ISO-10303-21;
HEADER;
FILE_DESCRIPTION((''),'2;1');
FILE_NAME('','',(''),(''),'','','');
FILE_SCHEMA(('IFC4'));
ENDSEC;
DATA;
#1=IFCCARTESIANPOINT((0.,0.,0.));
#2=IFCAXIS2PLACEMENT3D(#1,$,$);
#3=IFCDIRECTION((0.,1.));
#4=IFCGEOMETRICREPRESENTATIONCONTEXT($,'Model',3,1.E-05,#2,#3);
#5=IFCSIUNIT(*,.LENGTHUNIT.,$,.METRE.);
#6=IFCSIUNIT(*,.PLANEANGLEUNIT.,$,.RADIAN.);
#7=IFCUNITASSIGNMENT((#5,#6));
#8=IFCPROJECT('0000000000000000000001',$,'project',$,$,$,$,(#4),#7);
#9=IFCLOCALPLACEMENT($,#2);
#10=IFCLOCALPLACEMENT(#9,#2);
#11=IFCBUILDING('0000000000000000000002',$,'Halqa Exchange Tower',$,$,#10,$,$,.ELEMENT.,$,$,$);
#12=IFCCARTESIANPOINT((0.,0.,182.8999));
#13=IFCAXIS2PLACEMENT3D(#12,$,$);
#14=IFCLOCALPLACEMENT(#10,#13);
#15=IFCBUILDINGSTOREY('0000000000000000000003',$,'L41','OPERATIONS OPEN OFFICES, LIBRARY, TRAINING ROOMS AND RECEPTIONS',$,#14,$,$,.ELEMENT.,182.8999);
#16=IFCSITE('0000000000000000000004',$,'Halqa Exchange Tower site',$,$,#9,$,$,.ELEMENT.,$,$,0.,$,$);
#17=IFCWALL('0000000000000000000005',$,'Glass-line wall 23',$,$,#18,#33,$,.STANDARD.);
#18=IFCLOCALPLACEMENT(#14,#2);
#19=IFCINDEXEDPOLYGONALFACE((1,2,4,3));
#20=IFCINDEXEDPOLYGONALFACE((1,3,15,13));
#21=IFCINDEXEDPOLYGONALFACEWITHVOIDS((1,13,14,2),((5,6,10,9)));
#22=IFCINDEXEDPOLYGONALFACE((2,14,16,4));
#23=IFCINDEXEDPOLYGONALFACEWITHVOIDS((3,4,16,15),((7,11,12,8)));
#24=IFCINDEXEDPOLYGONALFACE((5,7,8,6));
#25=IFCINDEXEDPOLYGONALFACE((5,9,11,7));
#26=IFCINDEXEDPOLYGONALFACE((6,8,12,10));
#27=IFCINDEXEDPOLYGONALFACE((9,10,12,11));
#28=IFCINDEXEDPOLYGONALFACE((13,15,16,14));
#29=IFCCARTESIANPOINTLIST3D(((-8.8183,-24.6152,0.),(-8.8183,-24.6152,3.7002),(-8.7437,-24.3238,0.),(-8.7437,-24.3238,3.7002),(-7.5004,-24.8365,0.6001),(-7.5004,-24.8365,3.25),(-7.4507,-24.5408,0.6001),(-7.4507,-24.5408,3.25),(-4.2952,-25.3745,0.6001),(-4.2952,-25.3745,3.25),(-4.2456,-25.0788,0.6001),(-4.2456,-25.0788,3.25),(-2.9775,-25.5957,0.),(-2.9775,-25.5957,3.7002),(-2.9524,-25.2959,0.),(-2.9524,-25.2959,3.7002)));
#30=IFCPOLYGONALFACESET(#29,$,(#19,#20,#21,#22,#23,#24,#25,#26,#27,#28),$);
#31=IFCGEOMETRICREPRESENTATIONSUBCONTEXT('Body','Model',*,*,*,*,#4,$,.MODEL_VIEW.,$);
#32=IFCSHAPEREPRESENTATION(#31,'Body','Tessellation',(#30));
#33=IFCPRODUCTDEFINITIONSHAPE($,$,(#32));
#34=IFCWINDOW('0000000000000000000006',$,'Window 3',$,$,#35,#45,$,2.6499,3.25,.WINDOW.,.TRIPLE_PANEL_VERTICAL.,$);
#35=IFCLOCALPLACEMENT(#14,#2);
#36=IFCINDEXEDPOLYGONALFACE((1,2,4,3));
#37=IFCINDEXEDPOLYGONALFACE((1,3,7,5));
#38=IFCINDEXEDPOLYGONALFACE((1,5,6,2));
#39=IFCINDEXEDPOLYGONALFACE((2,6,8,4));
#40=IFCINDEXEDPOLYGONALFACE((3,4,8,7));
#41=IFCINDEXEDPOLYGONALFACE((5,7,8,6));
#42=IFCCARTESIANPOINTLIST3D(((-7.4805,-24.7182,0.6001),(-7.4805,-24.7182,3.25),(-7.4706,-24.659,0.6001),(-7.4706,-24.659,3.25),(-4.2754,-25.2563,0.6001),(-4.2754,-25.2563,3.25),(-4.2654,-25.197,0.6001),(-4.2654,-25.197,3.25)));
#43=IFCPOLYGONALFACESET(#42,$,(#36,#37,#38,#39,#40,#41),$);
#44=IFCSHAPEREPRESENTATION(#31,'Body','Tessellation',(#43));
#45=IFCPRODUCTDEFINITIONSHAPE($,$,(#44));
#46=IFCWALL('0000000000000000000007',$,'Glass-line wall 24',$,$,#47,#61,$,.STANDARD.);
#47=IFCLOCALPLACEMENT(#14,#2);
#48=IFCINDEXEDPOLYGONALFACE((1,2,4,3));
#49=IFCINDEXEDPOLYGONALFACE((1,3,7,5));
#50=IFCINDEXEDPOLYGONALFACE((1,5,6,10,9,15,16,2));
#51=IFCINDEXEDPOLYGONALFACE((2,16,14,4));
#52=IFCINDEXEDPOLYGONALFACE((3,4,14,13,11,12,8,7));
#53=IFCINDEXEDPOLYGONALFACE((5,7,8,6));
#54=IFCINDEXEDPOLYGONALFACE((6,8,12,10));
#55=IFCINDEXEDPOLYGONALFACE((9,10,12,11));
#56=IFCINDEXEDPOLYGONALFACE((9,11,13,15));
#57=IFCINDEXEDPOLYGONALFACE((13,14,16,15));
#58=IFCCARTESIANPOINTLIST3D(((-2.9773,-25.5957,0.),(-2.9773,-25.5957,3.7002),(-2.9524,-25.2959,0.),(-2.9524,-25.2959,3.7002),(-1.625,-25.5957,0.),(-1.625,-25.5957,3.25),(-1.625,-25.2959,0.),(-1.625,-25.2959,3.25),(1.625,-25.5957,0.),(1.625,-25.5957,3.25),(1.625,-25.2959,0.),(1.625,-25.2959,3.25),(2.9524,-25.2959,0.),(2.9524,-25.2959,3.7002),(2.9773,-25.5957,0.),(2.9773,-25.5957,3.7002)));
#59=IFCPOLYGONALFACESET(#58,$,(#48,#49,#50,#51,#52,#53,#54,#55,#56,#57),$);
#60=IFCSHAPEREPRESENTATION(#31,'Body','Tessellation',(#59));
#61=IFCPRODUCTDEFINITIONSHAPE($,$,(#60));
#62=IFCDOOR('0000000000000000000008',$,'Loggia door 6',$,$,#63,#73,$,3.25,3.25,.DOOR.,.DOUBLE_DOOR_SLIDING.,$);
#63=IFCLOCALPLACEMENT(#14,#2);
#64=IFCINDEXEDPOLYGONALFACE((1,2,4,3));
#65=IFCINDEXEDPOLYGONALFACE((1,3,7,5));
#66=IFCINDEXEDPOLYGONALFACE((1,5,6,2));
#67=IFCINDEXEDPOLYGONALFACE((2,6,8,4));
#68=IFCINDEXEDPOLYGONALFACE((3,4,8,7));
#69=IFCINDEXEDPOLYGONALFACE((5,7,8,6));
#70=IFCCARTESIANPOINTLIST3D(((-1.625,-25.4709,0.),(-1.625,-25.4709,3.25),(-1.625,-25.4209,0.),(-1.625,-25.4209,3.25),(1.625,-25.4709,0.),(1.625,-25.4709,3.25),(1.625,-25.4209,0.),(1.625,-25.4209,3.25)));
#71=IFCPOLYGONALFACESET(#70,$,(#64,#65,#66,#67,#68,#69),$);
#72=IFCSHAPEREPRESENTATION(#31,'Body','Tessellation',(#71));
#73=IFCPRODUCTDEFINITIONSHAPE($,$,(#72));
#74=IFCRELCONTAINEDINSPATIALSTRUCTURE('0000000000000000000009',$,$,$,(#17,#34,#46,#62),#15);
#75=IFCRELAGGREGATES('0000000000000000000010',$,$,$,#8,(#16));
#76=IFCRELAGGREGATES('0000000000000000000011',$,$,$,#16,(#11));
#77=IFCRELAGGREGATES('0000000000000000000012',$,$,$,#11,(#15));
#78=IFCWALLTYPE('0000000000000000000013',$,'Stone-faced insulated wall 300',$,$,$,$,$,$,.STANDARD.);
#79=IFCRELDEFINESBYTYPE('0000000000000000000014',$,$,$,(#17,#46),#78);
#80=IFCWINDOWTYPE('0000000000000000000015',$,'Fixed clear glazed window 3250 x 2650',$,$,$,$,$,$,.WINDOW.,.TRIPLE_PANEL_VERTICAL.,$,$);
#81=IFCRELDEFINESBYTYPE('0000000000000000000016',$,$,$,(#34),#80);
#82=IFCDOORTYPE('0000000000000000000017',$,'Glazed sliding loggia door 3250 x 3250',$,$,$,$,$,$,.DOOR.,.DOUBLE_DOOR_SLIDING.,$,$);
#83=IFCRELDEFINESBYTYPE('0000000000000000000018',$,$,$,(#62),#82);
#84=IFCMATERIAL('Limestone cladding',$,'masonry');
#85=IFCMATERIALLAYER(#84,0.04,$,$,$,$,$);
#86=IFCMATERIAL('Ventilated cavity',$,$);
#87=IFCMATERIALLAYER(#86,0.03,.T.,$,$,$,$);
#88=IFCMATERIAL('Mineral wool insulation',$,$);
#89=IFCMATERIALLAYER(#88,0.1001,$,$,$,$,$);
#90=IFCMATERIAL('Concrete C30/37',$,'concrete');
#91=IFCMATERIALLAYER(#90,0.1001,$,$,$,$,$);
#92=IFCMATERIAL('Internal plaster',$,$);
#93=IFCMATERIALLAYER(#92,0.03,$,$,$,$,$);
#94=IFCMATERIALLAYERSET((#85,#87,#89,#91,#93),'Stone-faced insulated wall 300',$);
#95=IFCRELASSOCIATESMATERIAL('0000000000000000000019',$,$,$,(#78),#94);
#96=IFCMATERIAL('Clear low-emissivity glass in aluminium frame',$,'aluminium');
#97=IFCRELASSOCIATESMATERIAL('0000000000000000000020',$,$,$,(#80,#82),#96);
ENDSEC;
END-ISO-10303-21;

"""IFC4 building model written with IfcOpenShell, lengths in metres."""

from ifc_helpers import new_model, si_unit, direction, frame, frame_2d, origin, place, context, subcontext, project, spatial, polyline, rectangle, outline, extrude, material, layer, layer_set, type_object, element, fill, save


model = new_model("IFC4")

# Units and contexts
model_context = context("Model", 3, precision=1e-05, world=origin(), true_north=direction((0.0, 1.0)))
body_context = subcontext(model_context, "Body", "Model", "MODEL_VIEW")
ifc_project = project(units=[si_unit("LENGTHUNIT", "METRE"), si_unit("PLANEANGLEUNIT", "RADIAN")], contexts=[model_context])

# Site, building, storey
site_placement = place(None, origin())
site = spatial("IfcSite", under=ifc_project, at=site_placement, Name="Halqa Exchange Tower site", CompositionType="ELEMENT", RefElevation=0.0)
building_placement = place(site_placement, origin())
building = spatial("IfcBuilding", under=site, at=building_placement, Name="Halqa Exchange Tower", CompositionType="ELEMENT")
storey_placement = place(building_placement, frame((0.0, 0.0, 182.8999)))
storey = spatial("IfcBuildingStorey", under=building, at=storey_placement, Name="L41", Description="OPERATIONS OPEN OFFICES, LIBRARY, TRAINING ROOMS AND RECEPTIONS", CompositionType="ELEMENT", Elevation=182.8999)

# Shared definitions
ifc_material_1 = material(Name="Concrete C30/37", Category="concrete")

# Wall, opening, window
ifc_material_2 = material(Name="Limestone cladding", Category="masonry")
ifc_layer_1 = layer(ifc_material_2, 0.04)
ifc_material_3 = material(Name="Ventilated cavity")
ifc_layer_2 = layer(ifc_material_3, 0.03, ventilated=True)
ifc_material_4 = material(Name="Mineral wool insulation")
ifc_layer_3 = layer(ifc_material_4, 0.1001)
ifc_layer_4 = layer(ifc_material_1, 0.1001)
ifc_material_5 = material(Name="Internal plaster")
ifc_layer_5 = layer(ifc_material_5, 0.03)
ifc_layer_set_1 = layer_set([ifc_layer_1, ifc_layer_2, ifc_layer_3, ifc_layer_4, ifc_layer_5], Name="Stone-faced insulated wall 300")
wall_type_1 = type_object("IfcWallType", Name="Stone-faced insulated wall 300", PredefinedType="STANDARD", material=ifc_layer_set_1)
wall_1_placement = place(storey_placement, frame((-8.781, -24.4695, 0.0), z_axis=(0.0, 0.0, 1.0), x_axis=(0.986202, -0.165547, 0.0)))
wall_1 = element("IfcWall", 1, at=wall_1_placement, inside=storey, type_object=wall_type_1, Name="Glass-line wall 23", PredefinedType="STANDARD", context=body_context, shape_type="SweptSolid", body=[
    extrude(outline(polyline([(-0.0127, -0.1499), (5.9099, -0.1499), (5.885, 0.1499), (0.0127, 0.1499), (-0.0127, -0.1499)])), origin(), (0.0, 0.0, 1.0), 3.7002),
])
opening_1_placement = place(wall_1_placement, frame((1.3237, 0.0, 0.6001)))
opening_1 = element("IfcOpeningElement", 2, at=opening_1_placement, cuts=wall_1, PredefinedType="OPENING", context=body_context, shape_type="SweptSolid", body=[
    extrude(rectangle(XDim=3.25, YDim=2.6499, at=frame_2d((1.625, 1.325))), frame((0.0, 0.1621, 0.0), z_axis=(0.0, -1.0, 0.0), x_axis=(1.0, 0.0, 0.0)), (0.0, 0.0, 1.0), 0.324),
])
ifc_material_6 = material(Name="Clear low-emissivity glass in aluminium frame", Category="aluminium")
window_type = type_object("IfcWindowType", Name="Fixed clear glazed window 3250 x 2650", PartitioningType="TRIPLE_PANEL_VERTICAL", PredefinedType="WINDOW", material=ifc_material_6)
window_placement = place(opening_1_placement, origin())
window = element("IfcWindow", 3, at=window_placement, inside=storey, type_object=window_type, Name="Window 3", OverallHeight=2.6499, OverallWidth=3.25, PartitioningType="TRIPLE_PANEL_VERTICAL", PredefinedType="WINDOW", context=body_context, shape_type="SweptSolid", body=[
    extrude(rectangle(XDim=3.25, YDim=2.6499, at=frame_2d((1.625, 1.325))), frame((0.0, 0.03, 0.0), z_axis=(0.0, -1.0, 0.0), x_axis=(1.0, 0.0, 0.0)), (0.0, 0.0, 1.0), 0.0601),
])
fill(opening_1, window)

# Wall, opening, door
wall_2_placement = place(storey_placement, frame((-2.9648, -25.4458, 0.0), z_axis=(0.0, 0.0, 1.0), x_axis=(1.0, 0.0, 0.0)))
wall_2 = element("IfcWall", 4, at=wall_2_placement, inside=storey, type_object=wall_type_1, Name="Glass-line wall 24", PredefinedType="STANDARD", context=body_context, shape_type="SweptSolid", body=[
    extrude(outline(polyline([(-0.0125, -0.1499), (5.9421, -0.1499), (5.9172, 0.1499), (0.0125, 0.1499), (-0.0125, -0.1499)])), origin(), (0.0, 0.0, 1.0), 3.7002),
])
opening_2_placement = place(wall_2_placement, frame((1.3398, 0.0, 0.0)))
opening_2 = element("IfcOpeningElement", 5, at=opening_2_placement, cuts=wall_2, PredefinedType="OPENING", context=body_context, shape_type="SweptSolid", body=[
    extrude(rectangle(XDim=3.25, YDim=3.25, at=frame_2d((1.625, 1.625))), frame((0.0, 0.1621, 0.0), z_axis=(0.0, -1.0, 0.0), x_axis=(1.0, 0.0, 0.0)), (0.0, 0.0, 1.0), 0.324),
])
door_type = type_object("IfcDoorType", Name="Glazed sliding loggia door 3250 x 3250", OperationType="DOUBLE_DOOR_SLIDING", PredefinedType="DOOR", material=ifc_material_6)
door_placement = place(opening_2_placement, origin())
door = element("IfcDoor", 6, at=door_placement, inside=storey, type_object=door_type, Name="Loggia door 6", OperationType="DOUBLE_DOOR_SLIDING", OverallHeight=3.25, OverallWidth=3.25, PredefinedType="DOOR", context=body_context, shape_type="SweptSolid", body=[
    extrude(rectangle(XDim=3.25, YDim=3.25, at=frame_2d((1.625, 1.625))), frame((0.0, 0.0249, 0.0), z_axis=(0.0, -1.0, 0.0), x_axis=(1.0, 0.0, 0.0)), (0.0, 0.0, 1.0), 0.05),
])
fill(opening_2, door)

save(model, "model.ifc")
